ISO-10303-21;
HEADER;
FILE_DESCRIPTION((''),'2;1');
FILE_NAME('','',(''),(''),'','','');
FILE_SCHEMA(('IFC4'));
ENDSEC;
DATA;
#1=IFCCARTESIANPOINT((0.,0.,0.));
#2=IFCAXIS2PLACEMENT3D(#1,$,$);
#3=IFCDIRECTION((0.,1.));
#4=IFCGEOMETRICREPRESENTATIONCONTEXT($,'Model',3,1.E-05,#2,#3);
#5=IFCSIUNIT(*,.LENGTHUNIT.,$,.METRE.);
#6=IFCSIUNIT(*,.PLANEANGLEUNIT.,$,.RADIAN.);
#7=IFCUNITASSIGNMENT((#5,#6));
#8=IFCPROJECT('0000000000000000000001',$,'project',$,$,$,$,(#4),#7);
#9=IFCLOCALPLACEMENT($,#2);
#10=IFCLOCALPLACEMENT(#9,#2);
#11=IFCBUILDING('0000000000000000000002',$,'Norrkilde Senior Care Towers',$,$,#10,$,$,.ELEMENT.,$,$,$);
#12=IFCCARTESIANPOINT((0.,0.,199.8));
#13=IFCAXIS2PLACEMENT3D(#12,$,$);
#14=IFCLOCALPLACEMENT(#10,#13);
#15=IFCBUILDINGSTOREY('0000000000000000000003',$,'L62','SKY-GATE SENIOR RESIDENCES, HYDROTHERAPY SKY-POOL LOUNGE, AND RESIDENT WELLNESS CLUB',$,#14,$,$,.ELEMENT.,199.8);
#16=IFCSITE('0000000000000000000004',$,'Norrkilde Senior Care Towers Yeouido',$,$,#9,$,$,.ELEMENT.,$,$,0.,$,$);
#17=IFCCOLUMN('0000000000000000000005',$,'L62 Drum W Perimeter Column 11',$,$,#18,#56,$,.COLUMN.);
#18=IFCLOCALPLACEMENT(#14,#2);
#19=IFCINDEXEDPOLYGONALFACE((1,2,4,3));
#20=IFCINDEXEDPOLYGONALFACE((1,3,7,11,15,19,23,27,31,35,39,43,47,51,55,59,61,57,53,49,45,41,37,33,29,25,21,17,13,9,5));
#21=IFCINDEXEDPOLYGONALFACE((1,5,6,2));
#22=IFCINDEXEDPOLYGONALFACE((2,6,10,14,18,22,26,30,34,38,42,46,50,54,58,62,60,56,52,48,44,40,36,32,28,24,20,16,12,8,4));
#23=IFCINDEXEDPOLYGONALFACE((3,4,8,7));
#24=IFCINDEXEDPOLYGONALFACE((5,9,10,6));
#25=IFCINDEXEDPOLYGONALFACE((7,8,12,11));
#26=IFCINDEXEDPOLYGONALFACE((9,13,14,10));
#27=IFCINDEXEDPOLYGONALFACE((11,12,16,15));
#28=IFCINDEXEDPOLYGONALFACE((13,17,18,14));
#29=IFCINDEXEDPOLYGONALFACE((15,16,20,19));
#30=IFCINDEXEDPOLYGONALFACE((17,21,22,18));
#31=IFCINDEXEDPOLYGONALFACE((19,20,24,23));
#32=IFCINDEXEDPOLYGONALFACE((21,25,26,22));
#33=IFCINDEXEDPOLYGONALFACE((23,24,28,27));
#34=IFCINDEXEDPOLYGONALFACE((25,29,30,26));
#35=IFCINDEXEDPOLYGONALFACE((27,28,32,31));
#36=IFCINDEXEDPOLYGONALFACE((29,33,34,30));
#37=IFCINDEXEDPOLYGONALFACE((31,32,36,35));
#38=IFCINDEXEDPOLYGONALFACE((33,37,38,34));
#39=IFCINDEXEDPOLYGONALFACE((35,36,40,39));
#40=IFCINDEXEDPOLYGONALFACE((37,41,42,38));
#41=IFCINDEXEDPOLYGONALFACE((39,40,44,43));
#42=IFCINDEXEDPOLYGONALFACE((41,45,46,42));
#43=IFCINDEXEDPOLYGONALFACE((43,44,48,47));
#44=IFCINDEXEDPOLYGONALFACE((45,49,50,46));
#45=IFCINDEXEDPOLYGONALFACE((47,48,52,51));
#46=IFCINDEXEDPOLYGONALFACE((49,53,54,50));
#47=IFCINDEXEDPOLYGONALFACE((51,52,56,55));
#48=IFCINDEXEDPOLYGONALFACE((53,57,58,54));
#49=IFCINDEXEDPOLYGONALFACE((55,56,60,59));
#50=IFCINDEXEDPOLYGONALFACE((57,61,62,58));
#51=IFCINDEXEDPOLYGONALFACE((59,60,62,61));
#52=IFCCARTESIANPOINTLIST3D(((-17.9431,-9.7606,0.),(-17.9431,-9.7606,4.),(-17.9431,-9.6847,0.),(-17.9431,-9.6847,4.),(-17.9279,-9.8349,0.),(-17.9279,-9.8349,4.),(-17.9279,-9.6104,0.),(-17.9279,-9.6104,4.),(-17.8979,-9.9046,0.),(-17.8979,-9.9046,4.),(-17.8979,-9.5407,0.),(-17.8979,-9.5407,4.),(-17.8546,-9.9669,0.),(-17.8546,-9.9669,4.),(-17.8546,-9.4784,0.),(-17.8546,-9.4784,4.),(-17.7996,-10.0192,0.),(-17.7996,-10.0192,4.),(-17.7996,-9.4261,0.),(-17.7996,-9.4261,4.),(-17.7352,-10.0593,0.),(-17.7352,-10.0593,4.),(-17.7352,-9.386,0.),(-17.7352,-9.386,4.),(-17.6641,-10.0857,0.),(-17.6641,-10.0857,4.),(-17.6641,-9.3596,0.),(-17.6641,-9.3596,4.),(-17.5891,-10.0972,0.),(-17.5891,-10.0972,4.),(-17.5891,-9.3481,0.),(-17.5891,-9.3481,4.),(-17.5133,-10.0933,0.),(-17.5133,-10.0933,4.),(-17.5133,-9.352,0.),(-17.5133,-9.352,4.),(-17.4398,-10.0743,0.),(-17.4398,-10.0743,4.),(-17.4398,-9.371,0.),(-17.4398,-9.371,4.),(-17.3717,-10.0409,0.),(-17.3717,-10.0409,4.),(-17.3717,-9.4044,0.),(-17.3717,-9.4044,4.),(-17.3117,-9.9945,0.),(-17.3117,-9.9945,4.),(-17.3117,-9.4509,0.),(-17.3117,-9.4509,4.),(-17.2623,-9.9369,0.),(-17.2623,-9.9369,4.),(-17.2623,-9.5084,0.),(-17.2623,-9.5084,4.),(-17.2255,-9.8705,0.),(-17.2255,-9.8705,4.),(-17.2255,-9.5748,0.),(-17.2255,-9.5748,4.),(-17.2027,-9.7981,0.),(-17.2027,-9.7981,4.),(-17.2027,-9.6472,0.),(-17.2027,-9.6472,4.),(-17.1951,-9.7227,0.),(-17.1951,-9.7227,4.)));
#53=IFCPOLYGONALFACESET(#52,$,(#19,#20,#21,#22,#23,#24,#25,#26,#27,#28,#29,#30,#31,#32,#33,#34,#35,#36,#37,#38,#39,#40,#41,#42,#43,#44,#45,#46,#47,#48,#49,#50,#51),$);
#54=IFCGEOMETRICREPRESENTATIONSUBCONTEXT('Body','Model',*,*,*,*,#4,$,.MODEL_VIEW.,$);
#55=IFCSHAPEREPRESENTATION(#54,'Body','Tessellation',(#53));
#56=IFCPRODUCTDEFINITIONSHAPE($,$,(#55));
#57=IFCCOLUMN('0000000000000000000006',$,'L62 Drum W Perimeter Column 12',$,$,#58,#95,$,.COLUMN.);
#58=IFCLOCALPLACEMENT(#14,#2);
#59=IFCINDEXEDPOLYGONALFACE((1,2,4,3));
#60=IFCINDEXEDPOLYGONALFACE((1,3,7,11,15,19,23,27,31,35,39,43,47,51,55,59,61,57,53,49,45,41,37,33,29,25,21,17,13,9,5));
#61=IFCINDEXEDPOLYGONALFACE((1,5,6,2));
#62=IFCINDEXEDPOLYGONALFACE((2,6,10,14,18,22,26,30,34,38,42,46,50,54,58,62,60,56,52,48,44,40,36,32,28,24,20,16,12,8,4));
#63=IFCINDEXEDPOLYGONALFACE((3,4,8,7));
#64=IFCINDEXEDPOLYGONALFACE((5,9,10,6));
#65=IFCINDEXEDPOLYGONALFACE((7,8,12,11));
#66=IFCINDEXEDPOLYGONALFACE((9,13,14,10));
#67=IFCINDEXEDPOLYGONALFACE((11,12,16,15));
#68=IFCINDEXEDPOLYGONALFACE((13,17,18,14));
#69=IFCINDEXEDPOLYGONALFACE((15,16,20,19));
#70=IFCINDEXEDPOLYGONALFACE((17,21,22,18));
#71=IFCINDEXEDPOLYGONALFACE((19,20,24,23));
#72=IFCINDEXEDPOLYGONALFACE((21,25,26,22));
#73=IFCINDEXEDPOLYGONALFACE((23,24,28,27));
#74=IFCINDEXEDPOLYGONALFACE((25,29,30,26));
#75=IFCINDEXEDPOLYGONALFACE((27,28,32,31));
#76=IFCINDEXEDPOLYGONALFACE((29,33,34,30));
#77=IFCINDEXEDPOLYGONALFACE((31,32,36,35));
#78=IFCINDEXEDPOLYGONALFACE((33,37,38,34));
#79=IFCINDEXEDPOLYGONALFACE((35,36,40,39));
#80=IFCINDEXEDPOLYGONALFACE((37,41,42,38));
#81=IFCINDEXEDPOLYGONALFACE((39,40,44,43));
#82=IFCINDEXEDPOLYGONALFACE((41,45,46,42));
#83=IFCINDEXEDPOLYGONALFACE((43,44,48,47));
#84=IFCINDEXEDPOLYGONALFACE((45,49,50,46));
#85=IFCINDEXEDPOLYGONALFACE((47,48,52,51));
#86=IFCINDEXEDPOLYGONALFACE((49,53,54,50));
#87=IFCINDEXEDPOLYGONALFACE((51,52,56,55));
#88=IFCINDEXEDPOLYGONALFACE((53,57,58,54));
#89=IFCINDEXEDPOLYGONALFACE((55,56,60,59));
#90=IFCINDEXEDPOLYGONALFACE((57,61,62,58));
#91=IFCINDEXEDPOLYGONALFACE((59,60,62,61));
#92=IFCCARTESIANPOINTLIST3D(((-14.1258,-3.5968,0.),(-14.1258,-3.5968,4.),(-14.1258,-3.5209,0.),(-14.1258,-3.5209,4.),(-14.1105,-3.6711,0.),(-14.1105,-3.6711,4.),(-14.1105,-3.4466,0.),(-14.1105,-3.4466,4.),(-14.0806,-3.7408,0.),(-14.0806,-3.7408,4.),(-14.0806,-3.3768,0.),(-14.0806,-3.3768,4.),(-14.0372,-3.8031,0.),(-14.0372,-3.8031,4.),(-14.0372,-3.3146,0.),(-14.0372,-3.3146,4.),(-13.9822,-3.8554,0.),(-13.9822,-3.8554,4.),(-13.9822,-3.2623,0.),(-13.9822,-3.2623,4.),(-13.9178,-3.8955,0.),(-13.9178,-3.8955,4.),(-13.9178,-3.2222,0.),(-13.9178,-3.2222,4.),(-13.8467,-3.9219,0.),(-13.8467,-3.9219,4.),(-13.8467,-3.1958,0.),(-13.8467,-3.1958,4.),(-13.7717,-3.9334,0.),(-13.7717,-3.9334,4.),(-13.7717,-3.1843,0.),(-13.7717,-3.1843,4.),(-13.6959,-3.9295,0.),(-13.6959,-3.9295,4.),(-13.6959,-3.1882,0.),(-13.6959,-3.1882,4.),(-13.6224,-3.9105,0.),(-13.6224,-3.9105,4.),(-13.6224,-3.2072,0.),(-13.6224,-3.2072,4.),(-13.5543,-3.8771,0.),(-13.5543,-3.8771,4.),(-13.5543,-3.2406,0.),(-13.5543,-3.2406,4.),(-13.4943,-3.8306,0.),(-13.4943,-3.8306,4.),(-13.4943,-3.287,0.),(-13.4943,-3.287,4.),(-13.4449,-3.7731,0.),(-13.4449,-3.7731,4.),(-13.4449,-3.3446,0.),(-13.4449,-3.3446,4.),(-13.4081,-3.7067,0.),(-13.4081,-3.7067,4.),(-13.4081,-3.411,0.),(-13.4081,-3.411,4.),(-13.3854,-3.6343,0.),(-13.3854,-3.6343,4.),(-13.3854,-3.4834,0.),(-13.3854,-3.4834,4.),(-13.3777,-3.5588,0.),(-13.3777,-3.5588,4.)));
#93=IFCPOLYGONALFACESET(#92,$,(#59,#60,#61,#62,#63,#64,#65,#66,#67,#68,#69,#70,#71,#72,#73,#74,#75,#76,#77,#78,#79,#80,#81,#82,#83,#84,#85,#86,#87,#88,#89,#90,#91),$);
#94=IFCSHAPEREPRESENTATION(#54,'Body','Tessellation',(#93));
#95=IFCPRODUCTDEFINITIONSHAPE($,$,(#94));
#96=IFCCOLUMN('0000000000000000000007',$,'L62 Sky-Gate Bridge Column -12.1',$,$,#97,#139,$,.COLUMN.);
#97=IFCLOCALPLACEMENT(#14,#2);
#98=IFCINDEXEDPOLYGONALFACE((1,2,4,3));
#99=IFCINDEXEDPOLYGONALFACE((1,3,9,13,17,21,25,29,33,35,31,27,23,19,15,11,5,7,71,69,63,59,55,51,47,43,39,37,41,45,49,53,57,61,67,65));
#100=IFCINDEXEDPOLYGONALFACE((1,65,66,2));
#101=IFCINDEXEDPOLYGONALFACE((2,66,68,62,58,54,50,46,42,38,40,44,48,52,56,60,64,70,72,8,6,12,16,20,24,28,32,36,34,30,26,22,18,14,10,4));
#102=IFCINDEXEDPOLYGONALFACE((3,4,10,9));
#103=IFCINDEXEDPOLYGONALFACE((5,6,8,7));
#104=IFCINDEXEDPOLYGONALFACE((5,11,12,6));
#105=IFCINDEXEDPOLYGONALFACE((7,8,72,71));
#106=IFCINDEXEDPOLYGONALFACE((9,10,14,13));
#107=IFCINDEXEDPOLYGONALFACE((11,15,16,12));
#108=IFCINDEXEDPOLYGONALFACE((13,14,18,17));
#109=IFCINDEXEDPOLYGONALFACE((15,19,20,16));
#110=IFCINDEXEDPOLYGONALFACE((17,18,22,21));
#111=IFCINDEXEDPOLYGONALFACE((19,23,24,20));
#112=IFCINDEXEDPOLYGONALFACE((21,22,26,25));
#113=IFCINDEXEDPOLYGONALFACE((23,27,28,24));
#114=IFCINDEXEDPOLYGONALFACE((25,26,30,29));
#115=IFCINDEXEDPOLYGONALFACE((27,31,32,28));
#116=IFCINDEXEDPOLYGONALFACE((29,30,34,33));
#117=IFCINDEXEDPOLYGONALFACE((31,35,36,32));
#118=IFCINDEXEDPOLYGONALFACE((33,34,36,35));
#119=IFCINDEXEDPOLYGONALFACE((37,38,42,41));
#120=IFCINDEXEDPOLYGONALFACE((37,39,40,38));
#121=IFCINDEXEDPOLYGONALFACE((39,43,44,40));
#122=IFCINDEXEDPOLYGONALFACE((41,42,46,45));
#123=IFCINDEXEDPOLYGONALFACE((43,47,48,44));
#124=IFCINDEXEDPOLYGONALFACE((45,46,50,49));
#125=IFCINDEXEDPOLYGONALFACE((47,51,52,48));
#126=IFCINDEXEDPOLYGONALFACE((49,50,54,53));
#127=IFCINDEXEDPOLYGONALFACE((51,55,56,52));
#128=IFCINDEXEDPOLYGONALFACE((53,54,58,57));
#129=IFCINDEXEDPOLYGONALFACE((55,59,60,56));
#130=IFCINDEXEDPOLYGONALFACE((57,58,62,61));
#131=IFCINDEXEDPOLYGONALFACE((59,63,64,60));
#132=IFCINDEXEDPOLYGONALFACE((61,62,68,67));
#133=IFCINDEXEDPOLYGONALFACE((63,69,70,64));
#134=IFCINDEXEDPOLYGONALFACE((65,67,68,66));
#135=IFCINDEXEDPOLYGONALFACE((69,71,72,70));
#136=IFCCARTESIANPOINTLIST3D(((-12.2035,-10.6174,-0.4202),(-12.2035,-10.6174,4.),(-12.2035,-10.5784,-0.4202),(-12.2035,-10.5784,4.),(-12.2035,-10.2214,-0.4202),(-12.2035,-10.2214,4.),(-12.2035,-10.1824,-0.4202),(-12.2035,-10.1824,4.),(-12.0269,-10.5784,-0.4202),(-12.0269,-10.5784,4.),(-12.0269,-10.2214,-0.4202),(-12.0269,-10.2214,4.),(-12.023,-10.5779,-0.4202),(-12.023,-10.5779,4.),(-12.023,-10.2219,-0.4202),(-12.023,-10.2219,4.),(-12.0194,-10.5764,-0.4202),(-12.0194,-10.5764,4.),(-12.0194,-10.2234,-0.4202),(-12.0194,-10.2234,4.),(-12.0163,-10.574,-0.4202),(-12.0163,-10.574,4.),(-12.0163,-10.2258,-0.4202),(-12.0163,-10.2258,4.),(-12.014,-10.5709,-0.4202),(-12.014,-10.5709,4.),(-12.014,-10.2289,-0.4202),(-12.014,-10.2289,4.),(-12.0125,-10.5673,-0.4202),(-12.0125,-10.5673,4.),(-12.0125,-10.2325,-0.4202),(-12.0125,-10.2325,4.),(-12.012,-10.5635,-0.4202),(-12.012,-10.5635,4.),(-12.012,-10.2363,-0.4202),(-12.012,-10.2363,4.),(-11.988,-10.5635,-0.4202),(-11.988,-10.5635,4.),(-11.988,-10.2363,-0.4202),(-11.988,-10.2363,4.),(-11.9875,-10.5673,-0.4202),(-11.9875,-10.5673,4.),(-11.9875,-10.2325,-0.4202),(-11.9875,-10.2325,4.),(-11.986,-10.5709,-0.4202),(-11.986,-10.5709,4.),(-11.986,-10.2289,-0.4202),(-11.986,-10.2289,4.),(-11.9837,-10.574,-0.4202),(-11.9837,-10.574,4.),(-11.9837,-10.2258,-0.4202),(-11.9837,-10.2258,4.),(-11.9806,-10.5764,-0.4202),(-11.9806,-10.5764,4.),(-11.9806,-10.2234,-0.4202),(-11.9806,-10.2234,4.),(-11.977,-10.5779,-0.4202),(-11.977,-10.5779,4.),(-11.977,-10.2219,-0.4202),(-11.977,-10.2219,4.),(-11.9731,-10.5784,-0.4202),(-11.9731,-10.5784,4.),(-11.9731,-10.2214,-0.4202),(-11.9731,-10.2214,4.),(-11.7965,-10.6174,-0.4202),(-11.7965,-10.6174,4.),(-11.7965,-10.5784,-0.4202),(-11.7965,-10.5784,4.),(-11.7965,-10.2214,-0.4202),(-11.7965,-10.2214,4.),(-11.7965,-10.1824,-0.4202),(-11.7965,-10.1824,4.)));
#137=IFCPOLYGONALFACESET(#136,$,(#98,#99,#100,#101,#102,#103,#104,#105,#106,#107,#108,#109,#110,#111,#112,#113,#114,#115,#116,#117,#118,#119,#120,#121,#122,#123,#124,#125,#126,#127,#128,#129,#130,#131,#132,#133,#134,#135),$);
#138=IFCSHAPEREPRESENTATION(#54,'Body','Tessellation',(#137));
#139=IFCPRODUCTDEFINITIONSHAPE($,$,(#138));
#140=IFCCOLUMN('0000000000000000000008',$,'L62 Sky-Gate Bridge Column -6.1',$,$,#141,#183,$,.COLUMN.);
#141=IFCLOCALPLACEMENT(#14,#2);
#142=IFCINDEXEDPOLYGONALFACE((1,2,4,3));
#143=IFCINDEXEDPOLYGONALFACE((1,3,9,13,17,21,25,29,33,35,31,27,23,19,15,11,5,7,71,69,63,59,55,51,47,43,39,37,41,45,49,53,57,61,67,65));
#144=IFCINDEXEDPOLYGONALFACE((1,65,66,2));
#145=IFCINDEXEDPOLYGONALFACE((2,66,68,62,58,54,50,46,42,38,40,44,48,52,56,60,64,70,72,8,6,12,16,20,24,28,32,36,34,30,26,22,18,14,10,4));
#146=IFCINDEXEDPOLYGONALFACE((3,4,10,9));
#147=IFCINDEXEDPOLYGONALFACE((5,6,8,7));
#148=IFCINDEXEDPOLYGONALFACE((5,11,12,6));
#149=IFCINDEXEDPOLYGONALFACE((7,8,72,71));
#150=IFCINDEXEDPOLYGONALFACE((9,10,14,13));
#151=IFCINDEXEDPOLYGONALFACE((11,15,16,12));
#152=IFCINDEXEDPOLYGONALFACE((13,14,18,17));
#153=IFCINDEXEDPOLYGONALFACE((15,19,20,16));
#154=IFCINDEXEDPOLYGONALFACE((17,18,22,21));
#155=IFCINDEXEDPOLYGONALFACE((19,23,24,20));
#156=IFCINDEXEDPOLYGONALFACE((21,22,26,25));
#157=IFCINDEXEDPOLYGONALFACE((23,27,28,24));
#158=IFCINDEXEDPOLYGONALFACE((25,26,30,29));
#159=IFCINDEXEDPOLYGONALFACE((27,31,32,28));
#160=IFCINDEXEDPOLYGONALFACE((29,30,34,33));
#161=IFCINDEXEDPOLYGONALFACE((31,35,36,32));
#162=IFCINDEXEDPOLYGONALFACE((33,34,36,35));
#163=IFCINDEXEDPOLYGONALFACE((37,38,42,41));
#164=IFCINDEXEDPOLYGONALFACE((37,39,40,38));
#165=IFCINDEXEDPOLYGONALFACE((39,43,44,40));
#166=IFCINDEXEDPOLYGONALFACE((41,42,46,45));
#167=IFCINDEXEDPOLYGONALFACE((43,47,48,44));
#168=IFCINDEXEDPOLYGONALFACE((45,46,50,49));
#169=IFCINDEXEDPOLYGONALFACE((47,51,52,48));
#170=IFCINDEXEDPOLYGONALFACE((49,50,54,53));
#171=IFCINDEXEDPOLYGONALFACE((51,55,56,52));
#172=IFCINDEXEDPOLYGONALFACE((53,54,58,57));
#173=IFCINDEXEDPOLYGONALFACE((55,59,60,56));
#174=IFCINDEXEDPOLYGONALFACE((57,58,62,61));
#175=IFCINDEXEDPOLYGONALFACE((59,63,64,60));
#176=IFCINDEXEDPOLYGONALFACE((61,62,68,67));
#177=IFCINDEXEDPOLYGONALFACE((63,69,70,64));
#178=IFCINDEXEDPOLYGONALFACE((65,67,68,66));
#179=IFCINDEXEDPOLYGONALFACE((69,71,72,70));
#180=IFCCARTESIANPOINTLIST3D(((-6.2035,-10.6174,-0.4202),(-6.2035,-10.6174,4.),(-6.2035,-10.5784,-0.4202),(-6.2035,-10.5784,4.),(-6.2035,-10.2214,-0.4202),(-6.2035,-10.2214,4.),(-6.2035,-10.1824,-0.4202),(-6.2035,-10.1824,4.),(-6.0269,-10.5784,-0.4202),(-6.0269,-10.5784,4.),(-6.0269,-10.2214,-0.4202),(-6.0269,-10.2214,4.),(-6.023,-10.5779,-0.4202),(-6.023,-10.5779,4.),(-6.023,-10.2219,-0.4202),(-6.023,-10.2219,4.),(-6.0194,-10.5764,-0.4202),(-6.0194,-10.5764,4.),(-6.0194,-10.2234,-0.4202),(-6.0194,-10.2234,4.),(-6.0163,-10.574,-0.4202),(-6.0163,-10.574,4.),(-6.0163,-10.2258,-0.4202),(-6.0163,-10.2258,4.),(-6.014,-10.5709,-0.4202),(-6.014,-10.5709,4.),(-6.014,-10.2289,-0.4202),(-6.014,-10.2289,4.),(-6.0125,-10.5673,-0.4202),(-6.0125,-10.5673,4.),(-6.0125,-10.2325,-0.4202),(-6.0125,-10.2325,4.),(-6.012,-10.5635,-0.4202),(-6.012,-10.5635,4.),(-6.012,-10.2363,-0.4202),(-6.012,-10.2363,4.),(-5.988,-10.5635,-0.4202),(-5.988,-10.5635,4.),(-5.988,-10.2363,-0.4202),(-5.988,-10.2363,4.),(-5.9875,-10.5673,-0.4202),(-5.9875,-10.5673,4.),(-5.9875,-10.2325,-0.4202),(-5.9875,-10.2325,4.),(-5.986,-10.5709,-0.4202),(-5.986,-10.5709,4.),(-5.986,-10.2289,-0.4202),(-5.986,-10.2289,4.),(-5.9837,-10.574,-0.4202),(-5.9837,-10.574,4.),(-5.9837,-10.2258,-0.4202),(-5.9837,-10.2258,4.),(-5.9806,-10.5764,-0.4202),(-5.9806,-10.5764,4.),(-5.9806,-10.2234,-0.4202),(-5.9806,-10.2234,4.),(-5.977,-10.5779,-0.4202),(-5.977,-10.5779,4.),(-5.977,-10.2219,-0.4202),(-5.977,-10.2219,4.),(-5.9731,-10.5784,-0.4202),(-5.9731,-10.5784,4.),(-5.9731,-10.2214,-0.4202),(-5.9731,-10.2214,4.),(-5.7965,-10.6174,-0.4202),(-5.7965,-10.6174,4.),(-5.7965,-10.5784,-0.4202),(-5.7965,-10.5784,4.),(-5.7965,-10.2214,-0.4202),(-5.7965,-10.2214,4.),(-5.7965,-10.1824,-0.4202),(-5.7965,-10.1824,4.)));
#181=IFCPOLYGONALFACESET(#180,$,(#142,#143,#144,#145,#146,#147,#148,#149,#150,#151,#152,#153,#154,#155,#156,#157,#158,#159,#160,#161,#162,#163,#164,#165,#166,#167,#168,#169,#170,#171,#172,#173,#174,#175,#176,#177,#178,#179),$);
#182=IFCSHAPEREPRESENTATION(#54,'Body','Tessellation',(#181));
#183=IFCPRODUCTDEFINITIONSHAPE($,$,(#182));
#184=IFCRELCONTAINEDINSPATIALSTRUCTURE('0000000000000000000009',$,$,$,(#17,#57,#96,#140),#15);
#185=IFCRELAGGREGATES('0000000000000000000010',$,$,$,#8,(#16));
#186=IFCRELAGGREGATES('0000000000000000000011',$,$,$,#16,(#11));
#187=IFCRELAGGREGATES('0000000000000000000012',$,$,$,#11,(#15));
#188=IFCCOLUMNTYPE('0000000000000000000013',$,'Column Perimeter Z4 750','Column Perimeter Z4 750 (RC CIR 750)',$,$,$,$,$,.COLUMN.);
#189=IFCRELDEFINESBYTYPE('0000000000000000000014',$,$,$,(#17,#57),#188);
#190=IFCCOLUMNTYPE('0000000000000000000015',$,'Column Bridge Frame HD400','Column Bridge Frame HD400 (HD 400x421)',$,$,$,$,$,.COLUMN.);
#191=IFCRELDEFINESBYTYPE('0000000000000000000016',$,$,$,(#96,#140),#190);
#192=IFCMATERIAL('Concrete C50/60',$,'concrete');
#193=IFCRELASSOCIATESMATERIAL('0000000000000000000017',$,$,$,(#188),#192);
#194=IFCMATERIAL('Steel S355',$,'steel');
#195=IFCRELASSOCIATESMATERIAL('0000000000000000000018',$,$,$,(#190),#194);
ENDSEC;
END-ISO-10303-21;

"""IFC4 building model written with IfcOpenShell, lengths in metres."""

from ifc_helpers import new_model, si_unit, direction, frame, origin, origin_2d, place, context, subcontext, project, spatial, circle, i_section, extrude, source, transform, mapped, material, material_profile, profile_set, type_object, type_shapes, element, save


model = new_model("IFC4")

# Units and contexts
model_context = context("Model", 3, precision=1e-05, world=origin(), true_north=direction((0.0, 1.0)))
body_context = subcontext(model_context, "Body", "Model", "MODEL_VIEW")
ifc_project = project(units=[si_unit("LENGTHUNIT", "METRE"), si_unit("PLANEANGLEUNIT", "RADIAN")], contexts=[model_context])

# Site, building, storey
site_placement = place(None, origin())
site = spatial("IfcSite", under=ifc_project, at=site_placement, Name="Norrkilde Senior Care Towers Yeouido", CompositionType="ELEMENT", RefElevation=0.0)
building_placement = place(site_placement, origin())
building = spatial("IfcBuilding", under=site, at=building_placement, Name="Norrkilde Senior Care Towers", CompositionType="ELEMENT")
storey_placement = place(building_placement, frame((0.0, 0.0, 199.8)))
storey = spatial("IfcBuildingStorey", under=building, at=storey_placement, Name="L62", Description="SKY-GATE SENIOR RESIDENCES, HYDROTHERAPY SKY-POOL LOUNGE, AND RESIDENT WELLNESS CLUB", CompositionType="ELEMENT", Elevation=199.8)

# Columns
ifc_material_1 = material(Name="Concrete C50/60", Category="concrete")
ifc_material_profile_1 = material_profile(ifc_material_1, circle(Radius=0.375, at=origin_2d()), Name="RC CIR 750")
ifc_profile_set_1 = profile_set([ifc_material_profile_1], Name="Concrete C50/60")
column_type_1 = type_object("IfcColumnType", Name="Column Perimeter Z4 750", Description="Column Perimeter Z4 750 (RC CIR 750)", PredefinedType="COLUMN", material=ifc_profile_set_1)
shared_shape_1 = source(origin(), body_context, "Body", "SweptSolid", [
    extrude(circle(Radius=0.375, at=origin_2d()), origin(), (0.0, 0.0, 1.0), 4.0),
])
type_shapes(column_type_1, [shared_shape_1])
for number, where, z_axis, x_axis, name in (
    (1, (-17.5701, -9.7227, 0.0), (0.0, 0.0, 1.0), (1.0, 0.0, 0.0), "L62 Drum W Perimeter Column 11"),
    (2, (-13.7527, -3.5588, 0.0), (0.0, 0.0, 1.0), (1.0, 0.0, 0.0), "L62 Drum W Perimeter Column 12"),
):
    element("IfcColumn", number, at=place(storey_placement, frame(where, z_axis=z_axis, x_axis=x_axis)), inside=storey, type_object=column_type_1, Name=name, PredefinedType="COLUMN", context=body_context, shape_type="MappedRepresentation", body=[
        mapped(shared_shape_1, transform((0.0, 0.0, 0.0), x_axis=(1.0, 0.0, 0.0), y_axis=(0.0, 1.0, 0.0), z_axis=(0.0, 0.0, 1.0), scale=1.0)),
    ])
ifc_material_2 = material(Name="Steel S355", Category="steel")
ifc_material_profile_2 = material_profile(ifc_material_2, i_section(OverallWidth=0.407, OverallDepth=0.4351, WebThickness=0.0239, FlangeThickness=0.0391, FilletRadius=0.0149, at=origin_2d()), Name="HD 400x421")
ifc_profile_set_2 = profile_set([ifc_material_profile_2], Name="Steel S355")
column_type_2 = type_object("IfcColumnType", Name="Column Bridge Frame HD400", Description="Column Bridge Frame HD400 (HD 400x421)", PredefinedType="COLUMN", material=ifc_profile_set_2)
shared_shape_2 = source(origin(), body_context, "Body", "SweptSolid", [
    extrude(i_section(OverallWidth=0.407, OverallDepth=0.4351, WebThickness=0.0239, FlangeThickness=0.0391, FilletRadius=0.0149, at=origin_2d()), origin(), (0.0, 0.0, 1.0), 4.4202),
])
type_shapes(column_type_2, [shared_shape_2])
for number, where, z_axis, x_axis, name in (
    (3, (-12.0, -10.3999, -0.4202), (0.0, 0.0, 1.0), (1.0, 0.0, 0.0), "L62 Sky-Gate Bridge Column -12.1"),
    (4, (-6.0, -10.3999, -0.4202), (0.0, 0.0, 1.0), (1.0, 0.0, 0.0), "L62 Sky-Gate Bridge Column -6.1"),
):
    element("IfcColumn", number, at=place(storey_placement, frame(where, z_axis=z_axis, x_axis=x_axis)), inside=storey, type_object=column_type_2, Name=name, PredefinedType="COLUMN", context=body_context, shape_type="MappedRepresentation", body=[
        mapped(shared_shape_2, transform((0.0, 0.0, 0.0), x_axis=(1.0, 0.0, 0.0), y_axis=(0.0, 1.0, 0.0), z_axis=(0.0, 0.0, 1.0), scale=1.0)),
    ])

save(model, "model.ifc")
